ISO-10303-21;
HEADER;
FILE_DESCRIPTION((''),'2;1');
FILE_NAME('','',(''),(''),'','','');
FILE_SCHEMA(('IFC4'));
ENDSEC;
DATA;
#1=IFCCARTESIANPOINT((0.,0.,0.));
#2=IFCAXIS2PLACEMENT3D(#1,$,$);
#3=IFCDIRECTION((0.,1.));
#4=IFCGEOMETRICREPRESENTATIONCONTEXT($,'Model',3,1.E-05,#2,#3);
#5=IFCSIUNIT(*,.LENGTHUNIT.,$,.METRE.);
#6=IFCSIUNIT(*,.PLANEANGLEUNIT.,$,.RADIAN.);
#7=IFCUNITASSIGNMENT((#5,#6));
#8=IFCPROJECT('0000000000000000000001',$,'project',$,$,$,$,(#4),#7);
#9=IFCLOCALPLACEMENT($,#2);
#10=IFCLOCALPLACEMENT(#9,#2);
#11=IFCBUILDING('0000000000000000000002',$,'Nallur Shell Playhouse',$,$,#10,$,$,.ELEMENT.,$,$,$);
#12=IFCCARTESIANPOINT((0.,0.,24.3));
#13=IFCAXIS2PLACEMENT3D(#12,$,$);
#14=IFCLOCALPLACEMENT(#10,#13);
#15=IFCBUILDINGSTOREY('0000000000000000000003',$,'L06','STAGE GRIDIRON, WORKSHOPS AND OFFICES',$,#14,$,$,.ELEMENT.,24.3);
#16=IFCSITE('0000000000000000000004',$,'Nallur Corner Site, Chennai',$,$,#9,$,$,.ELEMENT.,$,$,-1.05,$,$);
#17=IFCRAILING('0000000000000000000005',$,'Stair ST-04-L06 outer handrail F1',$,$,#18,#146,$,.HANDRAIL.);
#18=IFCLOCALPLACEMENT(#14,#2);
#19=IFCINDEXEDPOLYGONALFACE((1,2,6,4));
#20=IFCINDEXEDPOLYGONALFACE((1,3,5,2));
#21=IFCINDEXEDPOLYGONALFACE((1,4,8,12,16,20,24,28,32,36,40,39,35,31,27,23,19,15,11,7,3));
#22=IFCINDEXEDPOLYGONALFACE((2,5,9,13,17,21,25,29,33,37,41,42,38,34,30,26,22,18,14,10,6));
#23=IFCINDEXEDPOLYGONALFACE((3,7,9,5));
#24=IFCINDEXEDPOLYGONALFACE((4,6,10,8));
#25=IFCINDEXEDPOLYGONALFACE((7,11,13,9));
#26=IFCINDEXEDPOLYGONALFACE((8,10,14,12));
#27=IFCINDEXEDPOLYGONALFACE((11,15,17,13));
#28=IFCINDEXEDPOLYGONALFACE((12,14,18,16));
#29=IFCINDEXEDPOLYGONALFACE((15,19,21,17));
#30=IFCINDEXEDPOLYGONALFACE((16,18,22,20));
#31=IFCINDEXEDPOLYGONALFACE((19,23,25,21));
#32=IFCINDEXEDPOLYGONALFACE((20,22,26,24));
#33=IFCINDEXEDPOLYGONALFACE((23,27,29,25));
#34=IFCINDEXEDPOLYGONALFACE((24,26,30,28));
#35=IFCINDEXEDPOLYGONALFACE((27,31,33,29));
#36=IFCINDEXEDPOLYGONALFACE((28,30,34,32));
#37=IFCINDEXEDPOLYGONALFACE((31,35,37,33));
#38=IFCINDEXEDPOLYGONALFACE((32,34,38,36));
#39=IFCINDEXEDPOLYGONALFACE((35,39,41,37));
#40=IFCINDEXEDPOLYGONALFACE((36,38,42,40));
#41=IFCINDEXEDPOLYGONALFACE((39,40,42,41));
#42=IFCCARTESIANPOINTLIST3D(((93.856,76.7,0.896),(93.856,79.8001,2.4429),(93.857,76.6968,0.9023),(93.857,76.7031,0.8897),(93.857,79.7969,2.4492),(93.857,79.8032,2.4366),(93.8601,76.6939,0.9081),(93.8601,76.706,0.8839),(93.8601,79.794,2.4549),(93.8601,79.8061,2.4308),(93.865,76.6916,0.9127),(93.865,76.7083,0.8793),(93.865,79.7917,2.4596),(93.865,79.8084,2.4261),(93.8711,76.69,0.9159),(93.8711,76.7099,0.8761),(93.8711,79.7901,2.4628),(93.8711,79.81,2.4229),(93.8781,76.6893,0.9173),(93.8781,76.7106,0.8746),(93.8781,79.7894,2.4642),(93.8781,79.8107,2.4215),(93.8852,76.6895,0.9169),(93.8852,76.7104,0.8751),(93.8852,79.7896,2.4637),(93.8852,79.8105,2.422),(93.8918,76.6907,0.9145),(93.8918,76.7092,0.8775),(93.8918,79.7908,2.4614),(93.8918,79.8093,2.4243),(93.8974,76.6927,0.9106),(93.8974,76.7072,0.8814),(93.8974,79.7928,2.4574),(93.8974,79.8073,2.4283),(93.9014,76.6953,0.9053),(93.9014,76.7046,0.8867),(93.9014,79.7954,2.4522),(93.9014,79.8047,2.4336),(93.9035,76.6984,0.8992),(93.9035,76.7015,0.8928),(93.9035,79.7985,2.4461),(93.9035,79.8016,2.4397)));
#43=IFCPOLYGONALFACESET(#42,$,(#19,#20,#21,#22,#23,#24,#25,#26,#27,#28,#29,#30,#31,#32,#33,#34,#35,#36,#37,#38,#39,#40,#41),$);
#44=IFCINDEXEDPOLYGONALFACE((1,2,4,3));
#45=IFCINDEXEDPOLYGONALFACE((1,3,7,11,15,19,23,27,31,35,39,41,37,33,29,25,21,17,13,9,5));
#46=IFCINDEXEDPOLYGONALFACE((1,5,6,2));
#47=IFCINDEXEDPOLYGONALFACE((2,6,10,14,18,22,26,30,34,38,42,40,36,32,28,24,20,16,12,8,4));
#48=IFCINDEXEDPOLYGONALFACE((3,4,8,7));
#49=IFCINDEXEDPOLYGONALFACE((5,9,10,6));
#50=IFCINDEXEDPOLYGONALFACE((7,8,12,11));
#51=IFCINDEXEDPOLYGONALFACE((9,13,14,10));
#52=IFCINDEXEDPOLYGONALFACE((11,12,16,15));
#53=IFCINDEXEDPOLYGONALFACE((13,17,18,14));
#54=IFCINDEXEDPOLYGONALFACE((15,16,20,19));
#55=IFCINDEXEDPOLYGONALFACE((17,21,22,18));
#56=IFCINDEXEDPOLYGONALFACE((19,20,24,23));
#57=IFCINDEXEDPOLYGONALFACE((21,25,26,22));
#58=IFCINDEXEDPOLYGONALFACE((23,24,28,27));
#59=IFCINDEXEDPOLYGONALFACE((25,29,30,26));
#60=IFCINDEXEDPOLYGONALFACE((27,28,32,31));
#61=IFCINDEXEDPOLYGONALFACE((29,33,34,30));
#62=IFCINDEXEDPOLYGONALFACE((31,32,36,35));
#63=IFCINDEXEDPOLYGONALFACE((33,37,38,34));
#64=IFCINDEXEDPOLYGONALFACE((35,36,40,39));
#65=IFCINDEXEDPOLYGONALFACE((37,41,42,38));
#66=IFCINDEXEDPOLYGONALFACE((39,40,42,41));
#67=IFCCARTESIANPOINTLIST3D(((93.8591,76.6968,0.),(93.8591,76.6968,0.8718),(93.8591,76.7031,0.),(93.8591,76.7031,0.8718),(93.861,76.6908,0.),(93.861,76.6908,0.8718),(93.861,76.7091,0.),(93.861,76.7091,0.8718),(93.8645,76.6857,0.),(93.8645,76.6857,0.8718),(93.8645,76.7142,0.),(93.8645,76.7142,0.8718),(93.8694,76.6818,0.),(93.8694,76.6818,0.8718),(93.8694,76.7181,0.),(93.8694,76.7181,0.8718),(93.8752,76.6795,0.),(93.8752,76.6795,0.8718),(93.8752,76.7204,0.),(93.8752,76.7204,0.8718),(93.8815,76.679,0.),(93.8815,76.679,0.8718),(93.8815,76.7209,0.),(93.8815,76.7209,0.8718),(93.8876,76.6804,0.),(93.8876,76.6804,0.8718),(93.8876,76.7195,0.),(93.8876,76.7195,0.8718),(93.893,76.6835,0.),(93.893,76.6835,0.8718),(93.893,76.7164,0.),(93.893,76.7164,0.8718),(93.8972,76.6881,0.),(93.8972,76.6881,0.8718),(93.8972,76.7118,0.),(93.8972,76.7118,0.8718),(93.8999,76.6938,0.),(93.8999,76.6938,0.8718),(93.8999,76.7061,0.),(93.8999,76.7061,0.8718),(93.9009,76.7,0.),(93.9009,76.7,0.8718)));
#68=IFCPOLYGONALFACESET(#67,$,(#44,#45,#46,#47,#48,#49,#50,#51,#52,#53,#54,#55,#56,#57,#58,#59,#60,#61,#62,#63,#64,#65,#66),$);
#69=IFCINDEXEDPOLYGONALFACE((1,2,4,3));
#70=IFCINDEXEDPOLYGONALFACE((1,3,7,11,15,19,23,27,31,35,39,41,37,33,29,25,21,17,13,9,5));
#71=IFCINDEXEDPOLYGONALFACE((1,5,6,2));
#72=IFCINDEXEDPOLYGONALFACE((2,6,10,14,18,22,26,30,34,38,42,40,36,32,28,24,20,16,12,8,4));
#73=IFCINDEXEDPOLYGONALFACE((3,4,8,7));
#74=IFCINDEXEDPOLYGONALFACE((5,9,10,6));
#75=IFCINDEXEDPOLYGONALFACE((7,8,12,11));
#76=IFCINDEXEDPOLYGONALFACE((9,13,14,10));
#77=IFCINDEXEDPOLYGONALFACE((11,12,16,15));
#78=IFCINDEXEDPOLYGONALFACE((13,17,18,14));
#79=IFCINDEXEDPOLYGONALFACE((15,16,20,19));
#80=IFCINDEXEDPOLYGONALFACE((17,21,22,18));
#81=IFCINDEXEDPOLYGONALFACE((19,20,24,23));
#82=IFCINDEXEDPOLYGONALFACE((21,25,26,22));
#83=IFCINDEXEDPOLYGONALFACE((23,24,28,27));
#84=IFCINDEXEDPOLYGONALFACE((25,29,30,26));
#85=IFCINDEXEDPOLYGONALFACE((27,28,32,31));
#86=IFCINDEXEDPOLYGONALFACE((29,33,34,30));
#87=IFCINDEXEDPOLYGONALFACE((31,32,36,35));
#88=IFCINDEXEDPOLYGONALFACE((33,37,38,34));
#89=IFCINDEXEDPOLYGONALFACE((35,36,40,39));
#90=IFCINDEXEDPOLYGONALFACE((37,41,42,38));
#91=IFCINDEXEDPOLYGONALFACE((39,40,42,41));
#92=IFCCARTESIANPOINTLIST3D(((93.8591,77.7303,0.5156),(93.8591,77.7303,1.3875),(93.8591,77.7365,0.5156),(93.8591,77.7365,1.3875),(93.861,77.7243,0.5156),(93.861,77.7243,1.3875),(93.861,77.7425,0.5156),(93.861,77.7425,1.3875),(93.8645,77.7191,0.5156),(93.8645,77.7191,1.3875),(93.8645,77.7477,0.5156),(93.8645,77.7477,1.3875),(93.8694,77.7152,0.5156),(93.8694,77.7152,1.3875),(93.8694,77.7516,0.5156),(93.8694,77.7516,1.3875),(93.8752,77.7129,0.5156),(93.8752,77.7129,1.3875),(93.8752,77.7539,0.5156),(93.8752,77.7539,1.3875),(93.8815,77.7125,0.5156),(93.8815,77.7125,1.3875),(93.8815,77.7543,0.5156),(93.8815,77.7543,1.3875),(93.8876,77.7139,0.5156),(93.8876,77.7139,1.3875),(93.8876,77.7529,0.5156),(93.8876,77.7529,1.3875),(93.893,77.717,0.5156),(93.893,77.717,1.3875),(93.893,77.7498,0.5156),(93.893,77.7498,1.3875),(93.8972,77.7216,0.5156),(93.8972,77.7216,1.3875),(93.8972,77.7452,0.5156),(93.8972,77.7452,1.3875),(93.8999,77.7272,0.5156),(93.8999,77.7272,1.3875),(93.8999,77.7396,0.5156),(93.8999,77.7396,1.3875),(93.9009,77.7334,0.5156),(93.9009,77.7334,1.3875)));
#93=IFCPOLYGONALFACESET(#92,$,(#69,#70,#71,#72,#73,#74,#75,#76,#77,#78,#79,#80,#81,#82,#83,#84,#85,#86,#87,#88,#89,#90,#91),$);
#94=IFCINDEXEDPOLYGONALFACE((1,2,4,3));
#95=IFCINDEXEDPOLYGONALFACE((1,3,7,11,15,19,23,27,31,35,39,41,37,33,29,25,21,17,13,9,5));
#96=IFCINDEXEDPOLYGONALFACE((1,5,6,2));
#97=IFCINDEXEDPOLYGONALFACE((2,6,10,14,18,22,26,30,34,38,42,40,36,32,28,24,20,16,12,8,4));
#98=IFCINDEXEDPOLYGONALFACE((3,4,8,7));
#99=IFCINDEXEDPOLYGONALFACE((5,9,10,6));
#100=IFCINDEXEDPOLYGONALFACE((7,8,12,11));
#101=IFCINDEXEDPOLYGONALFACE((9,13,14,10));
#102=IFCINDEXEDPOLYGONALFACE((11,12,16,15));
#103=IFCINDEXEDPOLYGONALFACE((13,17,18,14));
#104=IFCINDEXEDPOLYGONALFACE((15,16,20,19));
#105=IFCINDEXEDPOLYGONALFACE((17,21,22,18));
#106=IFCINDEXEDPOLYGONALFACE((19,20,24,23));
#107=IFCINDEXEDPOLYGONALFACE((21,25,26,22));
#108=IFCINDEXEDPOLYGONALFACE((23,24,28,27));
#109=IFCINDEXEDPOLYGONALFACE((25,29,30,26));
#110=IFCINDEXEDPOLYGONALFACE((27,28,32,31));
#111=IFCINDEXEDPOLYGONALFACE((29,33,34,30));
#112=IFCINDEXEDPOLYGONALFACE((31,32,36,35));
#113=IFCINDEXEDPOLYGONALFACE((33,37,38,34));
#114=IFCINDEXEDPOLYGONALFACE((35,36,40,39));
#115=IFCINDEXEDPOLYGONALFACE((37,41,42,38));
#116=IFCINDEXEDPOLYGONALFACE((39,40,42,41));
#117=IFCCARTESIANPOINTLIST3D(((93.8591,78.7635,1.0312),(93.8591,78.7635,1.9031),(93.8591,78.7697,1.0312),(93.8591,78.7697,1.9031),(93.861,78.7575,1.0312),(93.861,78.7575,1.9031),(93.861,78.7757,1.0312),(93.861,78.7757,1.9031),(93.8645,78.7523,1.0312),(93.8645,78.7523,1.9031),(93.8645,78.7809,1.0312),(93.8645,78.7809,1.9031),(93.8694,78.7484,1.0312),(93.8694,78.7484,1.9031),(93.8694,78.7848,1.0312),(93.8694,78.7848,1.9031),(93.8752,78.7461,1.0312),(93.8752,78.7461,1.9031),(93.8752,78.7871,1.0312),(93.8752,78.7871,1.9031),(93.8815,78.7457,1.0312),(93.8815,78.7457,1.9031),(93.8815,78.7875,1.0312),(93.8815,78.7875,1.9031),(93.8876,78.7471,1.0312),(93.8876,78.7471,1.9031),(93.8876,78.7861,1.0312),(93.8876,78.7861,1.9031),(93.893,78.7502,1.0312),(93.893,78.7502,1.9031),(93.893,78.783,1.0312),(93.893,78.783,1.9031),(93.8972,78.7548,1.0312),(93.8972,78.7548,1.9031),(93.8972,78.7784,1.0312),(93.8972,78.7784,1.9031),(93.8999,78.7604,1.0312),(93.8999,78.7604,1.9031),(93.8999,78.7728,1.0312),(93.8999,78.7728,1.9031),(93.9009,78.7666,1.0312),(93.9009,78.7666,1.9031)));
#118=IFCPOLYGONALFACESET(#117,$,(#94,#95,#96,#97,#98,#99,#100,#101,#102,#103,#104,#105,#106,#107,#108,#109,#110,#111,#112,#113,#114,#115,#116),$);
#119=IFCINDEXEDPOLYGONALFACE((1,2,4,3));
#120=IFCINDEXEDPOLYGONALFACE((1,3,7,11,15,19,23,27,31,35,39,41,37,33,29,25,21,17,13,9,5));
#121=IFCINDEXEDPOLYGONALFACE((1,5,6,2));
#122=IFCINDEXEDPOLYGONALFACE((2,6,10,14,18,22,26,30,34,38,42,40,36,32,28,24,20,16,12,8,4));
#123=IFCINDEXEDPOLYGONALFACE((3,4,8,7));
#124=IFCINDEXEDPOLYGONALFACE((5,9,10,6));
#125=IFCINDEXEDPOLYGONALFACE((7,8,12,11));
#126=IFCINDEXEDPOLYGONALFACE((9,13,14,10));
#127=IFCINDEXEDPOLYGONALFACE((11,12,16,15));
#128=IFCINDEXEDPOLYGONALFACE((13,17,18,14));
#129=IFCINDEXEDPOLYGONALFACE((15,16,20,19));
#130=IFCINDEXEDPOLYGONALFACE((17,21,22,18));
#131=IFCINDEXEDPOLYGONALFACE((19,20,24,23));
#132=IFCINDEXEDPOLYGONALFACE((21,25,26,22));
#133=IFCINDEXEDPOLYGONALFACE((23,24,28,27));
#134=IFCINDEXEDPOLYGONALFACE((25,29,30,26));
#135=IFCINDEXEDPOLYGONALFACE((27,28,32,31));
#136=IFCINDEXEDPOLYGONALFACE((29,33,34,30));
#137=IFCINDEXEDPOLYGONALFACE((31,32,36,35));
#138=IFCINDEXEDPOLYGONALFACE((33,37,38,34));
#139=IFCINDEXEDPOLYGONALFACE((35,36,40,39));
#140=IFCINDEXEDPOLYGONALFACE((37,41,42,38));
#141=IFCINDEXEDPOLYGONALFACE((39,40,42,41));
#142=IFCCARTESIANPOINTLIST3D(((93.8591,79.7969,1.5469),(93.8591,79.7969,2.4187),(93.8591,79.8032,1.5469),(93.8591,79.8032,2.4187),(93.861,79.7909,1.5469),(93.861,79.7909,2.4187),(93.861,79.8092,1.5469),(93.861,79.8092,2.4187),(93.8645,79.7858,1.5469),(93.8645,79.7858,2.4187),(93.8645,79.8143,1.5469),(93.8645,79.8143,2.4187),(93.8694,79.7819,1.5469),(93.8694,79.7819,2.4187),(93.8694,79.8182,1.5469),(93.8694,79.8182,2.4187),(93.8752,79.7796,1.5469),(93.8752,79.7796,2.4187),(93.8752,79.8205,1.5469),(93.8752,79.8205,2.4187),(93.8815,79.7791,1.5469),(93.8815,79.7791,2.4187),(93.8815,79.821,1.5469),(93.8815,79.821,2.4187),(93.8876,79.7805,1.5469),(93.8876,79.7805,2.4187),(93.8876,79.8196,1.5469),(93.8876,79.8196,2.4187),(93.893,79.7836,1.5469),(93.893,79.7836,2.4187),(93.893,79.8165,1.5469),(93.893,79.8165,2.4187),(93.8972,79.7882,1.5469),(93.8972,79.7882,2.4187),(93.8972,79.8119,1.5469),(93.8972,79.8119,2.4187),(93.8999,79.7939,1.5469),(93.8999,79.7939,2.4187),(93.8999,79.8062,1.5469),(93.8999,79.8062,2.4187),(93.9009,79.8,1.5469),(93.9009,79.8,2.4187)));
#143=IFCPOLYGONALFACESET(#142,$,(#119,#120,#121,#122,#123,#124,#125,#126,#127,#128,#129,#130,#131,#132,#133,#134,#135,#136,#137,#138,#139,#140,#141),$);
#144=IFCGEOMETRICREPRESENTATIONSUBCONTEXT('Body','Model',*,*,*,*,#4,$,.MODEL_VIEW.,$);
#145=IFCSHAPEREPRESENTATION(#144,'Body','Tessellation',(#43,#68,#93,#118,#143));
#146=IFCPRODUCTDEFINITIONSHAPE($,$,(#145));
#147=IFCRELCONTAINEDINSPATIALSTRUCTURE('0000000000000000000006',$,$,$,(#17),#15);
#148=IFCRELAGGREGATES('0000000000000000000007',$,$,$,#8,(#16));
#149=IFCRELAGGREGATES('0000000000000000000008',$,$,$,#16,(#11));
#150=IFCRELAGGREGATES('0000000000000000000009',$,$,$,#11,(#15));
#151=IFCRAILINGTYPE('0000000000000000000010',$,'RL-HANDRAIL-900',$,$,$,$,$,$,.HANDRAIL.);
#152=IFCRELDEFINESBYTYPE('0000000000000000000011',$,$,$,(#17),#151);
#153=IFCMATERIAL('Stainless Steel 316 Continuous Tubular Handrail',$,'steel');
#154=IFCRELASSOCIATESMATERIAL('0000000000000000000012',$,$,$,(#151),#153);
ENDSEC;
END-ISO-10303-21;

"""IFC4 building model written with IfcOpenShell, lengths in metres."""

from ifc_helpers import new_model, si_unit, direction, frame, origin, origin_2d, place, context, subcontext, project, spatial, circle, extrude, material, type_object, element, save


model = new_model("IFC4")

# Units and contexts
model_context = context("Model", 3, precision=1e-05, world=origin(), true_north=direction((0.0, 1.0)))
body_context = subcontext(model_context, "Body", "Model", "MODEL_VIEW")
ifc_project = project(units=[si_unit("LENGTHUNIT", "METRE"), si_unit("PLANEANGLEUNIT", "RADIAN")], contexts=[model_context])

# Site, building, storey
site_placement = place(None, origin())
site = spatial("IfcSite", under=ifc_project, at=site_placement, Name="Nallur Corner Site, Chennai", CompositionType="ELEMENT", RefElevation=-1.05)
building_placement = place(site_placement, origin())
building = spatial("IfcBuilding", under=site, at=building_placement, Name="Nallur Shell Playhouse", CompositionType="ELEMENT")
storey_placement = place(building_placement, frame((0.0, 0.0, 24.3)))
storey = spatial("IfcBuildingStorey", under=building, at=storey_placement, Name="L06", Description="STAGE GRIDIRON, WORKSHOPS AND OFFICES", CompositionType="ELEMENT", Elevation=24.3)

# Railing
ifc_material_1 = material(Name="Stainless Steel 316 Continuous Tubular Handrail", Category="steel")
railing_type_1 = type_object("IfcRailingType", Name="RL-HANDRAIL-900", PredefinedType="HANDRAIL", material=ifc_material_1)
railing_1_placement = place(storey_placement, frame((93.8799, 76.7, 0.0)))
element("IfcRailing", 1, at=railing_1_placement, inside=storey, type_object=railing_type_1, Name="Stair ST-04-L06 outer handrail F1", PredefinedType="HANDRAIL", context=body_context, shape_type="SweptSolid", body=[
    extrude(circle(Radius=0.0239, at=origin_2d()), frame((0.0, 0.0, 0.896), z_axis=(0.0, 0.894793, 0.446481), x_axis=(-1.0, 0.0, 0.0)), (0.0, 0.0, 1.0), 3.4646),
    extrude(circle(Radius=0.021, at=origin_2d()), origin(), (0.0, 0.0, 1.0), 0.8718),
    extrude(circle(Radius=0.021, at=origin_2d()), frame((0.0, 1.0334, 0.5156)), (0.0, 0.0, 1.0), 0.8718),
    extrude(circle(Radius=0.021, at=origin_2d()), frame((0.0, 2.0667, 1.0312)), (0.0, 0.0, 1.0), 0.8718),
    extrude(circle(Radius=0.021, at=origin_2d()), frame((0.0, 3.1001, 1.5469)), (0.0, 0.0, 1.0), 0.8718),
])

save(model, "model.ifc")
